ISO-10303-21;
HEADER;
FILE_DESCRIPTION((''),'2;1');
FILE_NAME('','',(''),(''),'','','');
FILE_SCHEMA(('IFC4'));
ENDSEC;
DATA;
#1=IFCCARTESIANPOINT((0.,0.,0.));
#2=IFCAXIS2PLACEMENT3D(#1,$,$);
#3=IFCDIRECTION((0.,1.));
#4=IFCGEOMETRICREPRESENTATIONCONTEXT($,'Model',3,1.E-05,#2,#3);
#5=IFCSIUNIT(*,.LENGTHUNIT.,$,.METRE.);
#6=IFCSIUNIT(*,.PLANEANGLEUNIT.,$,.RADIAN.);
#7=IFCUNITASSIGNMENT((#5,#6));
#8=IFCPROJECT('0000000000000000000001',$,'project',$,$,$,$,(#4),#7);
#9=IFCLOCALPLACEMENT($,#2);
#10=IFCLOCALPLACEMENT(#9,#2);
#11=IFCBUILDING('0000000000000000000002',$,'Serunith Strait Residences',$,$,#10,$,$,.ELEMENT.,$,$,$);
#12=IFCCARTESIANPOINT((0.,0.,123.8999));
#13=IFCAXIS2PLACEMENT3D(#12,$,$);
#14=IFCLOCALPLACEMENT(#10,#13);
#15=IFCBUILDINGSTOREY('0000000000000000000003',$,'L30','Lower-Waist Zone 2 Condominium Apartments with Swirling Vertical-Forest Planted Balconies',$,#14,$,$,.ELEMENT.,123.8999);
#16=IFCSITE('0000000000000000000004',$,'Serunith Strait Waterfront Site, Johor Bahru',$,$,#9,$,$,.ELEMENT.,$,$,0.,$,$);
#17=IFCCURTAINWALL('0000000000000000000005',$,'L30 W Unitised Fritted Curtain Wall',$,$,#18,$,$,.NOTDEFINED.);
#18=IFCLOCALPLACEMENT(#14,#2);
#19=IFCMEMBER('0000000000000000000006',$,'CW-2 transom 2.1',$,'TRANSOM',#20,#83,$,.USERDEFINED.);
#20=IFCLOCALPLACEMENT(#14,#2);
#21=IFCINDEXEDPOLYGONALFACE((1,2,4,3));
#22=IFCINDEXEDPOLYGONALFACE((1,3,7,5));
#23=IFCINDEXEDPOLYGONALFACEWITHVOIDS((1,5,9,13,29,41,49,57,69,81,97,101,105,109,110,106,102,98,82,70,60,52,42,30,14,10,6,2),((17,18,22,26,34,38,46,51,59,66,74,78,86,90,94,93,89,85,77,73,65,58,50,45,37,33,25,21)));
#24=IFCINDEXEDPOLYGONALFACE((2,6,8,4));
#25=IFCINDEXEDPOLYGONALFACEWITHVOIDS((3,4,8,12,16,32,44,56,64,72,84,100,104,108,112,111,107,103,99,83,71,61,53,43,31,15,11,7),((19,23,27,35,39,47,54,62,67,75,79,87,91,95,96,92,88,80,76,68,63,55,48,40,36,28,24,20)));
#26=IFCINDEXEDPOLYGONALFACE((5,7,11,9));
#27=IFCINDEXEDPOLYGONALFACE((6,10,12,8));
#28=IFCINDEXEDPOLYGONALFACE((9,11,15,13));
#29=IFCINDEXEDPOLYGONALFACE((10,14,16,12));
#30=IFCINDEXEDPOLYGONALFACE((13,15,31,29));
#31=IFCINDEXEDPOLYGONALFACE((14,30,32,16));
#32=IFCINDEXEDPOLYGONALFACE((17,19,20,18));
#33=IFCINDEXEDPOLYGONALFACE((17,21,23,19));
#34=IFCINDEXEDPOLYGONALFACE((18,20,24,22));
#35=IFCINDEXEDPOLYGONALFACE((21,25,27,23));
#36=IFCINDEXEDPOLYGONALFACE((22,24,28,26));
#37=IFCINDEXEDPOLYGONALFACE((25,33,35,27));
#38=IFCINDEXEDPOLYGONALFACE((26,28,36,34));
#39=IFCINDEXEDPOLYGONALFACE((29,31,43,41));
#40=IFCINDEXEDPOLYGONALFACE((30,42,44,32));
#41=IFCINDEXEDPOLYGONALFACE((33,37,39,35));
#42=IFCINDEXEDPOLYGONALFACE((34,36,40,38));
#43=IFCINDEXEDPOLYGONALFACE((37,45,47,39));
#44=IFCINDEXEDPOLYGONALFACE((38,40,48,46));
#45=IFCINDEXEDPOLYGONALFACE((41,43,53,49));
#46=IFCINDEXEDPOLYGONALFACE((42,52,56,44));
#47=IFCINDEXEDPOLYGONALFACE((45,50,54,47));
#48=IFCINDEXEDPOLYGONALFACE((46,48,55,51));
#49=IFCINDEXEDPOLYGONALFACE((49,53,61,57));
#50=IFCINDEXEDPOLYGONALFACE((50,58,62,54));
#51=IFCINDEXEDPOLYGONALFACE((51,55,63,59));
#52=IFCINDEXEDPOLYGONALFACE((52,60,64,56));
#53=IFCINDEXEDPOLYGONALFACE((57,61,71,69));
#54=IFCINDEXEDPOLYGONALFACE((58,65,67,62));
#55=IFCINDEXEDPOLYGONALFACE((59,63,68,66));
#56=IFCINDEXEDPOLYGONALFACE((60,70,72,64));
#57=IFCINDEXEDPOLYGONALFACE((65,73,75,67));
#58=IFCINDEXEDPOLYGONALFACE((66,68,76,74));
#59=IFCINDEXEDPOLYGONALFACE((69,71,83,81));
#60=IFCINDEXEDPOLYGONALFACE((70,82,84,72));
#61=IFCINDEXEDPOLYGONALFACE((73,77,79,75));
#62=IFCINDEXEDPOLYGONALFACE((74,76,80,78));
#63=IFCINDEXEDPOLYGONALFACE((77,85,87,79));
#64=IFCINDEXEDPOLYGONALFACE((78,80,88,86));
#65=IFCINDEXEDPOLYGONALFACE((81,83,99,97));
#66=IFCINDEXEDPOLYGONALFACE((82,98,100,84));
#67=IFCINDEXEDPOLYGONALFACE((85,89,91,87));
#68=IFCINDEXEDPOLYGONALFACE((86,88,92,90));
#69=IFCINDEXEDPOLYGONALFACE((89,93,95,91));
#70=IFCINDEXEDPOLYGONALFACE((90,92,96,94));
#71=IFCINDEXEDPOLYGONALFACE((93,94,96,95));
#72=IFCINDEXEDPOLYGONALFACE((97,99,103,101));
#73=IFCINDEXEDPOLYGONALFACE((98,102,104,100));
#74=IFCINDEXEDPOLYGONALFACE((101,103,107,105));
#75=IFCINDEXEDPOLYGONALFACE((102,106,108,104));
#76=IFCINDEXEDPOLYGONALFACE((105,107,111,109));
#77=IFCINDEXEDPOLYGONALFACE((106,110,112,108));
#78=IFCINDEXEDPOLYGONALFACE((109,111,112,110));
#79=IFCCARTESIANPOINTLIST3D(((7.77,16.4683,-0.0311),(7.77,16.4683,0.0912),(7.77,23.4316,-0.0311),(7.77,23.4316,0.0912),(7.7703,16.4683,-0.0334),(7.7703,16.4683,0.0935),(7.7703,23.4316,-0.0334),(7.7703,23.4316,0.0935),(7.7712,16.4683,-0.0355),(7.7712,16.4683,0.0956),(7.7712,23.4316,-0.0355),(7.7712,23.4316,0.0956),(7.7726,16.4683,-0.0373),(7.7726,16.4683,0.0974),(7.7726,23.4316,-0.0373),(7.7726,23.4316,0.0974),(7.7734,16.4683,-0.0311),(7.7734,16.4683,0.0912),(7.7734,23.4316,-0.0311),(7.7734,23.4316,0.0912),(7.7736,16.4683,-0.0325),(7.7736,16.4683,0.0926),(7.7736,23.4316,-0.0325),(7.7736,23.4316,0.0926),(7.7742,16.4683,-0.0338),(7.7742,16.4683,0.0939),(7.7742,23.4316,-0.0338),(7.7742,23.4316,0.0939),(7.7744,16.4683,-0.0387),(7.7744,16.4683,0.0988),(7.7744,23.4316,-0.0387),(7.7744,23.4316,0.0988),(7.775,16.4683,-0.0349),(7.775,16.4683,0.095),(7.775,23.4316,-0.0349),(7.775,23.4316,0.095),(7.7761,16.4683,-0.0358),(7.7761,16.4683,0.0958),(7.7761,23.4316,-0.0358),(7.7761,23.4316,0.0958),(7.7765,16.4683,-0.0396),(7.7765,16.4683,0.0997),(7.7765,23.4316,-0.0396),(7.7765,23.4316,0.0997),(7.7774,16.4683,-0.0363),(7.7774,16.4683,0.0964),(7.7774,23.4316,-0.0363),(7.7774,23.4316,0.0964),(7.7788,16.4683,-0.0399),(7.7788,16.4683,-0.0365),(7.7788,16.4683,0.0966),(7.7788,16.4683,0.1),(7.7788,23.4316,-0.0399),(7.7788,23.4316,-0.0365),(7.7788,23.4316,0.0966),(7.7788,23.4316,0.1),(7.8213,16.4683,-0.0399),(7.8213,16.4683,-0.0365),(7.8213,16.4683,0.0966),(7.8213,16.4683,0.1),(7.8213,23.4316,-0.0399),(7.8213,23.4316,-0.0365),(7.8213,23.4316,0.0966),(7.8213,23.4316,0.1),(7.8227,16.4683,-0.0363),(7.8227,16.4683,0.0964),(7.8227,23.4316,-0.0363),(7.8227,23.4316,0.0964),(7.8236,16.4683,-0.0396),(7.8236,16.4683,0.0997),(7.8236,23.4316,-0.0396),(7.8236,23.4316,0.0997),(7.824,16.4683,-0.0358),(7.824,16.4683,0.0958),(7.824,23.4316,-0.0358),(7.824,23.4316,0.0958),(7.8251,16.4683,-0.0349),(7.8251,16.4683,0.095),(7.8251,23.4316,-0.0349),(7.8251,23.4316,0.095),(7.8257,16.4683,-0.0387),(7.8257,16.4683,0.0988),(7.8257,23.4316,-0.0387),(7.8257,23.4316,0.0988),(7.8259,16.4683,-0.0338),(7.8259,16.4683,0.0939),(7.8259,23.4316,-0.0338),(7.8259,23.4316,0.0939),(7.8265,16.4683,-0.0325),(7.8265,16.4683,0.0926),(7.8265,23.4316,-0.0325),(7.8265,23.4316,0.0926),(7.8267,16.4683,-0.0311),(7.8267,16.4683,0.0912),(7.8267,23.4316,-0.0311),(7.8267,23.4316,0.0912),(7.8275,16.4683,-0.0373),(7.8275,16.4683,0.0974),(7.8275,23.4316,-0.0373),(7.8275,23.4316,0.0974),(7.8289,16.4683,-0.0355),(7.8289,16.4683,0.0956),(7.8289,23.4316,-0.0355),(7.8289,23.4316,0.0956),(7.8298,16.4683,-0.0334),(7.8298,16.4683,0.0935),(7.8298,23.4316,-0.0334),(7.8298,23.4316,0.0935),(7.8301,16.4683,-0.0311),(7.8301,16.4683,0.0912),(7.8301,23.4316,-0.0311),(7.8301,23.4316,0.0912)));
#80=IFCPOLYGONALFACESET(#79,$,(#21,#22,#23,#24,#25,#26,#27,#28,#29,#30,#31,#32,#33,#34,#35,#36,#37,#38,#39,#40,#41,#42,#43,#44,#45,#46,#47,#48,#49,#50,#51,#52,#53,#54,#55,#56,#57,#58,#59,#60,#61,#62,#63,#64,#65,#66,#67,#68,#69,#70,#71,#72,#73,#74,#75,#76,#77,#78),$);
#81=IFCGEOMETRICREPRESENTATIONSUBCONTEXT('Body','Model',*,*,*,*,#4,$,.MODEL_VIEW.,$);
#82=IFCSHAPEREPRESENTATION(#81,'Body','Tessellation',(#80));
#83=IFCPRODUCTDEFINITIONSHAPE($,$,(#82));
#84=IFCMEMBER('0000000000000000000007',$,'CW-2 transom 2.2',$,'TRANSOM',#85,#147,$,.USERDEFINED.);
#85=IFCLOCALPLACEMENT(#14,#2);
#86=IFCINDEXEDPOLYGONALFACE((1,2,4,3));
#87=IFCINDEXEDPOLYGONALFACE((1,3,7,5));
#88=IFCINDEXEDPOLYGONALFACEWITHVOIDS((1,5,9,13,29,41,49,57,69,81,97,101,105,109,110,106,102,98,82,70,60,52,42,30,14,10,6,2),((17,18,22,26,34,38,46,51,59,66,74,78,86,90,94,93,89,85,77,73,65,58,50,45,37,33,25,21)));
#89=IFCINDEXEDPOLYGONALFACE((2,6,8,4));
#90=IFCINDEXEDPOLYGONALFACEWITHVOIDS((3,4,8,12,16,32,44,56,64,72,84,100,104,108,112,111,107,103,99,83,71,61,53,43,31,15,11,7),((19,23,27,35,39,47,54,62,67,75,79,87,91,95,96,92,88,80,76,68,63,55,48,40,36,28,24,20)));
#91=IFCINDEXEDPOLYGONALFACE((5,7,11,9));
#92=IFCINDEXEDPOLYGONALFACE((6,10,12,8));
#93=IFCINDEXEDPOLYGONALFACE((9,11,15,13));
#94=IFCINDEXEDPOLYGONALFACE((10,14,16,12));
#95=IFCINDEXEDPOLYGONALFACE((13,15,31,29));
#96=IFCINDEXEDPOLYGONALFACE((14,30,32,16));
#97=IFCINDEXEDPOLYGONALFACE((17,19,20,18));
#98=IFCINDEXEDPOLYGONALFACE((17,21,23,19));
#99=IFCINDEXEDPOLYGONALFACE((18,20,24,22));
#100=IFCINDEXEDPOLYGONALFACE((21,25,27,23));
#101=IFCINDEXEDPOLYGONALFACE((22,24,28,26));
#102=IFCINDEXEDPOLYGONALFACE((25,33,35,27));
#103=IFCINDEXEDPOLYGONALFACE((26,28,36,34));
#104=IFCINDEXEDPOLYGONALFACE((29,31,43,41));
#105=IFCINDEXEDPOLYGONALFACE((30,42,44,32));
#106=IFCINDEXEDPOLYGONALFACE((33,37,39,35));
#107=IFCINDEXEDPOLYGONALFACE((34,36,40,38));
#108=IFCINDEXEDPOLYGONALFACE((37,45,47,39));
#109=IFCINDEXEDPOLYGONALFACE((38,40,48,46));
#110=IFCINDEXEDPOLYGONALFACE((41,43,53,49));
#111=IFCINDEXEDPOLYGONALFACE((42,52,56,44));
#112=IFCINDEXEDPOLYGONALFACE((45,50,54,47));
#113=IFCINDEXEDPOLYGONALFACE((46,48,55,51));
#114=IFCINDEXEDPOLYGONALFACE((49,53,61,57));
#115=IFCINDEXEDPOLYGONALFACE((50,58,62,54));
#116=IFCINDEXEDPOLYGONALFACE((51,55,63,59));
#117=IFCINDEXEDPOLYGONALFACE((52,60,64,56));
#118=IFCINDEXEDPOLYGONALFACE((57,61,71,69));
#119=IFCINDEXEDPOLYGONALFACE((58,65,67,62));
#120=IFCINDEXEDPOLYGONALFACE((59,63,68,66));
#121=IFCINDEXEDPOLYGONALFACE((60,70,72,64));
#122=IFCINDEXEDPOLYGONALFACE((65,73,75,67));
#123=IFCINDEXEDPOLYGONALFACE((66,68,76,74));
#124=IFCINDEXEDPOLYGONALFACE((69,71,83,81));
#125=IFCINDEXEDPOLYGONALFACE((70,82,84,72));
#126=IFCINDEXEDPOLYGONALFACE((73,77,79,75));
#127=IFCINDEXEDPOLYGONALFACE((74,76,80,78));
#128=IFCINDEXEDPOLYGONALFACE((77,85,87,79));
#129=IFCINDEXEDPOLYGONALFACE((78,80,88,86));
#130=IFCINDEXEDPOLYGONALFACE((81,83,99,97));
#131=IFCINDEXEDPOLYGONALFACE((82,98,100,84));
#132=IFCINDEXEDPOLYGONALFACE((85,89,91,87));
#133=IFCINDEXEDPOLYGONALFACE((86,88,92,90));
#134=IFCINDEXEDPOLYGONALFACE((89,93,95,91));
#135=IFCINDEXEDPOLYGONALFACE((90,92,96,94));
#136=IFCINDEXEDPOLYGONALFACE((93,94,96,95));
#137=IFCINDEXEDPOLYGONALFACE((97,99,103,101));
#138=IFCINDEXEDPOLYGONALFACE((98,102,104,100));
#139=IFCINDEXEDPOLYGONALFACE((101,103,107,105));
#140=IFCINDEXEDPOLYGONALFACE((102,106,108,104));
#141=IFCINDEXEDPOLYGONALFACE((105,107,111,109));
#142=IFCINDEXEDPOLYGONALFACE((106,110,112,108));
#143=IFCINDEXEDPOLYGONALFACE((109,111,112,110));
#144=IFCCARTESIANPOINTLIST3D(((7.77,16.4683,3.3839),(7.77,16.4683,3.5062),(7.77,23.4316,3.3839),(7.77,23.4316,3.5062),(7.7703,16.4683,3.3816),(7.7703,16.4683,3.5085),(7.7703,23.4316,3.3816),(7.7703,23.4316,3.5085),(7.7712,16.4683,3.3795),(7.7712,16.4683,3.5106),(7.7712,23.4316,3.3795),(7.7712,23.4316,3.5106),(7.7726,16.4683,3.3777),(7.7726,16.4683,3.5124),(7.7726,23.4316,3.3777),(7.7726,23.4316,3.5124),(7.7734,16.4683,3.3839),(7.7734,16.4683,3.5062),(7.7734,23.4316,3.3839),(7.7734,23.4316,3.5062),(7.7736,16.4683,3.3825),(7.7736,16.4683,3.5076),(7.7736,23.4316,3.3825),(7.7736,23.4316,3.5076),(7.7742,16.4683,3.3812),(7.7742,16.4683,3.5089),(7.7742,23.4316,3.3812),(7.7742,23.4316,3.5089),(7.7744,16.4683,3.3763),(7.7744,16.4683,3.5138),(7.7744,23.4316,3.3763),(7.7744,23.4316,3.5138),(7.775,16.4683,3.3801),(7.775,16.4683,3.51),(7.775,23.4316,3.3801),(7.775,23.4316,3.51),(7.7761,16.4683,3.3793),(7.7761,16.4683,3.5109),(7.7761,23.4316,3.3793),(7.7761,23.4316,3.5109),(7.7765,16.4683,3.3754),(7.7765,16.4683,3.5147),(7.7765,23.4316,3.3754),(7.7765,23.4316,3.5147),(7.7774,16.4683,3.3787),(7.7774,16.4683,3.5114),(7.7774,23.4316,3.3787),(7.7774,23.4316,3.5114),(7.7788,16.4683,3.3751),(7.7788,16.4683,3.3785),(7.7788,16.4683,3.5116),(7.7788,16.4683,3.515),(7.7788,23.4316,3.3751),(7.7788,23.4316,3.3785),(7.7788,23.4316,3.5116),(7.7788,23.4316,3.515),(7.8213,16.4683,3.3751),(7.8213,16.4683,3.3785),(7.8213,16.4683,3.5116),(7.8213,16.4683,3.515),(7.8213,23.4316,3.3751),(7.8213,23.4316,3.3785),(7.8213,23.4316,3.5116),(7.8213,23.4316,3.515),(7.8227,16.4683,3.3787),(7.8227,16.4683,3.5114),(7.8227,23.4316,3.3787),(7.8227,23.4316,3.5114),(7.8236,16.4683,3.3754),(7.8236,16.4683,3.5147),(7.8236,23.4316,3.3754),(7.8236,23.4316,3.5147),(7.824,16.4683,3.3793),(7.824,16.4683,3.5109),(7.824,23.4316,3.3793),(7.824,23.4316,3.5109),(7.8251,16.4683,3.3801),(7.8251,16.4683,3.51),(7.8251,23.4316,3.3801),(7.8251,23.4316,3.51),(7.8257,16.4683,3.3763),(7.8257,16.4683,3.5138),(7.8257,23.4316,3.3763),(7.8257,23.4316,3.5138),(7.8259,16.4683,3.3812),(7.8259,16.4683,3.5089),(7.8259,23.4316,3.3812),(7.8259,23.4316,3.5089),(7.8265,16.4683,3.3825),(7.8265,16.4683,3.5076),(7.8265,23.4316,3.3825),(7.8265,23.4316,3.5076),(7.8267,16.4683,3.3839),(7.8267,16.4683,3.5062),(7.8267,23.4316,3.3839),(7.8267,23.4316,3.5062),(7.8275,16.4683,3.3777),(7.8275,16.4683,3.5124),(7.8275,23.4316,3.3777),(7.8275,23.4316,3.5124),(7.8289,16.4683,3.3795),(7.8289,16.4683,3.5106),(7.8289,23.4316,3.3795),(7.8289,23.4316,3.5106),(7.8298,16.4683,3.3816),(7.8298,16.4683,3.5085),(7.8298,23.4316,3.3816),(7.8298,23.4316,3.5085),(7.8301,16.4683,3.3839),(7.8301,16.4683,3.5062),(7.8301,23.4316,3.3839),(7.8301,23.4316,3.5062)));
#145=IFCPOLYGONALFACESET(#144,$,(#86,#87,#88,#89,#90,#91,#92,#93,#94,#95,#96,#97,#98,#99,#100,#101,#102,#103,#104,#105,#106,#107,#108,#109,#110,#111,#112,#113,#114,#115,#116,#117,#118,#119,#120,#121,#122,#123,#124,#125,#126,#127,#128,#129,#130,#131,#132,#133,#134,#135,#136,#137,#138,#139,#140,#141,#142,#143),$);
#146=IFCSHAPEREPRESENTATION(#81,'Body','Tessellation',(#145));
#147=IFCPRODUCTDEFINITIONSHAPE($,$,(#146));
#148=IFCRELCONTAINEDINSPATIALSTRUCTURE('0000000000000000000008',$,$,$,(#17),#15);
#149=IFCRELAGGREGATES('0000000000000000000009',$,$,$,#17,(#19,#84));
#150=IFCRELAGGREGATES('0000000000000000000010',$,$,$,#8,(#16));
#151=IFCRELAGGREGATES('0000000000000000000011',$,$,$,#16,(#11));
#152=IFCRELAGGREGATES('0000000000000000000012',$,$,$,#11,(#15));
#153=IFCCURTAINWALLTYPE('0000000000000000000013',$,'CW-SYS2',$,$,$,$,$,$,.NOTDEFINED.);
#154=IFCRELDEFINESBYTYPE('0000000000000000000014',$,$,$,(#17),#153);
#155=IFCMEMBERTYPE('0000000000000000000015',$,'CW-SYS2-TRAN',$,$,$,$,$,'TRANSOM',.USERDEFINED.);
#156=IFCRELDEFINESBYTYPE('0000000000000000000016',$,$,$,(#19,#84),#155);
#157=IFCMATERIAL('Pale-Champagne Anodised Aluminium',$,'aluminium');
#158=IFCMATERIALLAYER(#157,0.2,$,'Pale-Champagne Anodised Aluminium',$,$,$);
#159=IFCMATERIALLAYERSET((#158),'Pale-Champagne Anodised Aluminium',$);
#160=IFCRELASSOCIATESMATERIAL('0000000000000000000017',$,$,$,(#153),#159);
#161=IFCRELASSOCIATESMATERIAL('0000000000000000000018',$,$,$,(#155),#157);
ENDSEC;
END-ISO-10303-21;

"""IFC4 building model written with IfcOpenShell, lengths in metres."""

from ifc_helpers import new_model, si_unit, direction, frame, origin, origin_2d, place, context, subcontext, project, spatial, hollow_rectangle, extrude, source, transform, mapped, material, layer, layer_set, material_profile, profile_set, type_object, element, aggregate, save


model = new_model("IFC4")

# Units and contexts
model_context = context("Model", 3, precision=1e-05, world=origin(), true_north=direction((0.0, 1.0)))
body_context = subcontext(model_context, "Body", "Model", "MODEL_VIEW")
ifc_project = project(units=[si_unit("LENGTHUNIT", "METRE"), si_unit("PLANEANGLEUNIT", "RADIAN")], contexts=[model_context])

# Site, building, storey
site_placement = place(None, origin())
site = spatial("IfcSite", under=ifc_project, at=site_placement, Name="Serunith Strait Waterfront Site, Johor Bahru", CompositionType="ELEMENT", RefElevation=0.0)
building_placement = place(site_placement, origin())
building = spatial("IfcBuilding", under=site, at=building_placement, Name="Serunith Strait Residences", CompositionType="ELEMENT")
storey_placement = place(building_placement, frame((0.0, 0.0, 123.8999)))
storey = spatial("IfcBuildingStorey", under=building, at=storey_placement, Name="L30", Description="Lower-Waist Zone 2 Condominium Apartments with Swirling Vertical-Forest Planted Balconies", CompositionType="ELEMENT", Elevation=123.8999)

# Curtain wall, members
ifc_material_1 = material(Name="Pale-Champagne Anodised Aluminium", Category="aluminium")
ifc_layer_1 = layer(ifc_material_1, 0.2, Name="Pale-Champagne Anodised Aluminium")
ifc_layer_set_1 = layer_set([ifc_layer_1], Name="Pale-Champagne Anodised Aluminium")
curtain_wall_type = type_object("IfcCurtainWallType", Name="CW-SYS2", PredefinedType="NOTDEFINED", material=ifc_layer_set_1)
curtain_wall_placement = place(storey_placement, origin())
curtain_wall = element("IfcCurtainWall", 1, at=curtain_wall_placement, inside=storey, type_object=curtain_wall_type, Name="L30 W Unitised Fritted Curtain Wall", PredefinedType="NOTDEFINED")
ifc_material_profile_1 = material_profile(ifc_material_1, hollow_rectangle(XDim=0.0601, YDim=0.1399, WallThickness=0.0034, InnerFilletRadius=0.0054, OuterFilletRadius=0.0088, at=origin_2d()), Name="ALU 140x60x3.5")
ifc_profile_set_1 = profile_set([ifc_material_profile_1], Name="Pale-Champagne Anodised Aluminium")
member_type_1 = type_object("IfcMemberType", Name="CW-SYS2-TRAN", ElementType="TRANSOM", PredefinedType="USERDEFINED", material=ifc_profile_set_1)
shared_shape_1 = source(origin(), body_context, "Body", "SweptSolid", [
    extrude(hollow_rectangle(XDim=0.0601, YDim=0.1399, WallThickness=0.0034, InnerFilletRadius=0.0054, OuterFilletRadius=0.0088, at=origin_2d()), origin(), (0.0, 0.0, 1.0), 6.9634),
])
member_1_placement = place(storey_placement, frame((7.8, 23.4316, 0.03), z_axis=(0.0, -1.0, 0.0), x_axis=(1.0, 0.0, 0.0)))
member_1 = element("IfcMember", 2, at=member_1_placement, type_object=member_type_1, Name="CW-2 transom 2.1", ObjectType="TRANSOM", PredefinedType="USERDEFINED", context=body_context, shape_type="MappedRepresentation", body=[
    mapped(shared_shape_1, transform((0.0, 0.0, 0.0), scale=1.0)),
])
member_2_placement = place(storey_placement, frame((7.8, 23.4316, 3.4451), z_axis=(0.0, -1.0, 0.0), x_axis=(1.0, 0.0, 0.0)))
member_2 = element("IfcMember", 3, at=member_2_placement, type_object=member_type_1, Name="CW-2 transom 2.2", ObjectType="TRANSOM", PredefinedType="USERDEFINED", context=body_context, shape_type="MappedRepresentation", body=[
    mapped(shared_shape_1, transform((0.0, 0.0, 0.0), scale=1.0)),
])
aggregate(curtain_wall, [member_1, member_2])

save(model, "model.ifc")
